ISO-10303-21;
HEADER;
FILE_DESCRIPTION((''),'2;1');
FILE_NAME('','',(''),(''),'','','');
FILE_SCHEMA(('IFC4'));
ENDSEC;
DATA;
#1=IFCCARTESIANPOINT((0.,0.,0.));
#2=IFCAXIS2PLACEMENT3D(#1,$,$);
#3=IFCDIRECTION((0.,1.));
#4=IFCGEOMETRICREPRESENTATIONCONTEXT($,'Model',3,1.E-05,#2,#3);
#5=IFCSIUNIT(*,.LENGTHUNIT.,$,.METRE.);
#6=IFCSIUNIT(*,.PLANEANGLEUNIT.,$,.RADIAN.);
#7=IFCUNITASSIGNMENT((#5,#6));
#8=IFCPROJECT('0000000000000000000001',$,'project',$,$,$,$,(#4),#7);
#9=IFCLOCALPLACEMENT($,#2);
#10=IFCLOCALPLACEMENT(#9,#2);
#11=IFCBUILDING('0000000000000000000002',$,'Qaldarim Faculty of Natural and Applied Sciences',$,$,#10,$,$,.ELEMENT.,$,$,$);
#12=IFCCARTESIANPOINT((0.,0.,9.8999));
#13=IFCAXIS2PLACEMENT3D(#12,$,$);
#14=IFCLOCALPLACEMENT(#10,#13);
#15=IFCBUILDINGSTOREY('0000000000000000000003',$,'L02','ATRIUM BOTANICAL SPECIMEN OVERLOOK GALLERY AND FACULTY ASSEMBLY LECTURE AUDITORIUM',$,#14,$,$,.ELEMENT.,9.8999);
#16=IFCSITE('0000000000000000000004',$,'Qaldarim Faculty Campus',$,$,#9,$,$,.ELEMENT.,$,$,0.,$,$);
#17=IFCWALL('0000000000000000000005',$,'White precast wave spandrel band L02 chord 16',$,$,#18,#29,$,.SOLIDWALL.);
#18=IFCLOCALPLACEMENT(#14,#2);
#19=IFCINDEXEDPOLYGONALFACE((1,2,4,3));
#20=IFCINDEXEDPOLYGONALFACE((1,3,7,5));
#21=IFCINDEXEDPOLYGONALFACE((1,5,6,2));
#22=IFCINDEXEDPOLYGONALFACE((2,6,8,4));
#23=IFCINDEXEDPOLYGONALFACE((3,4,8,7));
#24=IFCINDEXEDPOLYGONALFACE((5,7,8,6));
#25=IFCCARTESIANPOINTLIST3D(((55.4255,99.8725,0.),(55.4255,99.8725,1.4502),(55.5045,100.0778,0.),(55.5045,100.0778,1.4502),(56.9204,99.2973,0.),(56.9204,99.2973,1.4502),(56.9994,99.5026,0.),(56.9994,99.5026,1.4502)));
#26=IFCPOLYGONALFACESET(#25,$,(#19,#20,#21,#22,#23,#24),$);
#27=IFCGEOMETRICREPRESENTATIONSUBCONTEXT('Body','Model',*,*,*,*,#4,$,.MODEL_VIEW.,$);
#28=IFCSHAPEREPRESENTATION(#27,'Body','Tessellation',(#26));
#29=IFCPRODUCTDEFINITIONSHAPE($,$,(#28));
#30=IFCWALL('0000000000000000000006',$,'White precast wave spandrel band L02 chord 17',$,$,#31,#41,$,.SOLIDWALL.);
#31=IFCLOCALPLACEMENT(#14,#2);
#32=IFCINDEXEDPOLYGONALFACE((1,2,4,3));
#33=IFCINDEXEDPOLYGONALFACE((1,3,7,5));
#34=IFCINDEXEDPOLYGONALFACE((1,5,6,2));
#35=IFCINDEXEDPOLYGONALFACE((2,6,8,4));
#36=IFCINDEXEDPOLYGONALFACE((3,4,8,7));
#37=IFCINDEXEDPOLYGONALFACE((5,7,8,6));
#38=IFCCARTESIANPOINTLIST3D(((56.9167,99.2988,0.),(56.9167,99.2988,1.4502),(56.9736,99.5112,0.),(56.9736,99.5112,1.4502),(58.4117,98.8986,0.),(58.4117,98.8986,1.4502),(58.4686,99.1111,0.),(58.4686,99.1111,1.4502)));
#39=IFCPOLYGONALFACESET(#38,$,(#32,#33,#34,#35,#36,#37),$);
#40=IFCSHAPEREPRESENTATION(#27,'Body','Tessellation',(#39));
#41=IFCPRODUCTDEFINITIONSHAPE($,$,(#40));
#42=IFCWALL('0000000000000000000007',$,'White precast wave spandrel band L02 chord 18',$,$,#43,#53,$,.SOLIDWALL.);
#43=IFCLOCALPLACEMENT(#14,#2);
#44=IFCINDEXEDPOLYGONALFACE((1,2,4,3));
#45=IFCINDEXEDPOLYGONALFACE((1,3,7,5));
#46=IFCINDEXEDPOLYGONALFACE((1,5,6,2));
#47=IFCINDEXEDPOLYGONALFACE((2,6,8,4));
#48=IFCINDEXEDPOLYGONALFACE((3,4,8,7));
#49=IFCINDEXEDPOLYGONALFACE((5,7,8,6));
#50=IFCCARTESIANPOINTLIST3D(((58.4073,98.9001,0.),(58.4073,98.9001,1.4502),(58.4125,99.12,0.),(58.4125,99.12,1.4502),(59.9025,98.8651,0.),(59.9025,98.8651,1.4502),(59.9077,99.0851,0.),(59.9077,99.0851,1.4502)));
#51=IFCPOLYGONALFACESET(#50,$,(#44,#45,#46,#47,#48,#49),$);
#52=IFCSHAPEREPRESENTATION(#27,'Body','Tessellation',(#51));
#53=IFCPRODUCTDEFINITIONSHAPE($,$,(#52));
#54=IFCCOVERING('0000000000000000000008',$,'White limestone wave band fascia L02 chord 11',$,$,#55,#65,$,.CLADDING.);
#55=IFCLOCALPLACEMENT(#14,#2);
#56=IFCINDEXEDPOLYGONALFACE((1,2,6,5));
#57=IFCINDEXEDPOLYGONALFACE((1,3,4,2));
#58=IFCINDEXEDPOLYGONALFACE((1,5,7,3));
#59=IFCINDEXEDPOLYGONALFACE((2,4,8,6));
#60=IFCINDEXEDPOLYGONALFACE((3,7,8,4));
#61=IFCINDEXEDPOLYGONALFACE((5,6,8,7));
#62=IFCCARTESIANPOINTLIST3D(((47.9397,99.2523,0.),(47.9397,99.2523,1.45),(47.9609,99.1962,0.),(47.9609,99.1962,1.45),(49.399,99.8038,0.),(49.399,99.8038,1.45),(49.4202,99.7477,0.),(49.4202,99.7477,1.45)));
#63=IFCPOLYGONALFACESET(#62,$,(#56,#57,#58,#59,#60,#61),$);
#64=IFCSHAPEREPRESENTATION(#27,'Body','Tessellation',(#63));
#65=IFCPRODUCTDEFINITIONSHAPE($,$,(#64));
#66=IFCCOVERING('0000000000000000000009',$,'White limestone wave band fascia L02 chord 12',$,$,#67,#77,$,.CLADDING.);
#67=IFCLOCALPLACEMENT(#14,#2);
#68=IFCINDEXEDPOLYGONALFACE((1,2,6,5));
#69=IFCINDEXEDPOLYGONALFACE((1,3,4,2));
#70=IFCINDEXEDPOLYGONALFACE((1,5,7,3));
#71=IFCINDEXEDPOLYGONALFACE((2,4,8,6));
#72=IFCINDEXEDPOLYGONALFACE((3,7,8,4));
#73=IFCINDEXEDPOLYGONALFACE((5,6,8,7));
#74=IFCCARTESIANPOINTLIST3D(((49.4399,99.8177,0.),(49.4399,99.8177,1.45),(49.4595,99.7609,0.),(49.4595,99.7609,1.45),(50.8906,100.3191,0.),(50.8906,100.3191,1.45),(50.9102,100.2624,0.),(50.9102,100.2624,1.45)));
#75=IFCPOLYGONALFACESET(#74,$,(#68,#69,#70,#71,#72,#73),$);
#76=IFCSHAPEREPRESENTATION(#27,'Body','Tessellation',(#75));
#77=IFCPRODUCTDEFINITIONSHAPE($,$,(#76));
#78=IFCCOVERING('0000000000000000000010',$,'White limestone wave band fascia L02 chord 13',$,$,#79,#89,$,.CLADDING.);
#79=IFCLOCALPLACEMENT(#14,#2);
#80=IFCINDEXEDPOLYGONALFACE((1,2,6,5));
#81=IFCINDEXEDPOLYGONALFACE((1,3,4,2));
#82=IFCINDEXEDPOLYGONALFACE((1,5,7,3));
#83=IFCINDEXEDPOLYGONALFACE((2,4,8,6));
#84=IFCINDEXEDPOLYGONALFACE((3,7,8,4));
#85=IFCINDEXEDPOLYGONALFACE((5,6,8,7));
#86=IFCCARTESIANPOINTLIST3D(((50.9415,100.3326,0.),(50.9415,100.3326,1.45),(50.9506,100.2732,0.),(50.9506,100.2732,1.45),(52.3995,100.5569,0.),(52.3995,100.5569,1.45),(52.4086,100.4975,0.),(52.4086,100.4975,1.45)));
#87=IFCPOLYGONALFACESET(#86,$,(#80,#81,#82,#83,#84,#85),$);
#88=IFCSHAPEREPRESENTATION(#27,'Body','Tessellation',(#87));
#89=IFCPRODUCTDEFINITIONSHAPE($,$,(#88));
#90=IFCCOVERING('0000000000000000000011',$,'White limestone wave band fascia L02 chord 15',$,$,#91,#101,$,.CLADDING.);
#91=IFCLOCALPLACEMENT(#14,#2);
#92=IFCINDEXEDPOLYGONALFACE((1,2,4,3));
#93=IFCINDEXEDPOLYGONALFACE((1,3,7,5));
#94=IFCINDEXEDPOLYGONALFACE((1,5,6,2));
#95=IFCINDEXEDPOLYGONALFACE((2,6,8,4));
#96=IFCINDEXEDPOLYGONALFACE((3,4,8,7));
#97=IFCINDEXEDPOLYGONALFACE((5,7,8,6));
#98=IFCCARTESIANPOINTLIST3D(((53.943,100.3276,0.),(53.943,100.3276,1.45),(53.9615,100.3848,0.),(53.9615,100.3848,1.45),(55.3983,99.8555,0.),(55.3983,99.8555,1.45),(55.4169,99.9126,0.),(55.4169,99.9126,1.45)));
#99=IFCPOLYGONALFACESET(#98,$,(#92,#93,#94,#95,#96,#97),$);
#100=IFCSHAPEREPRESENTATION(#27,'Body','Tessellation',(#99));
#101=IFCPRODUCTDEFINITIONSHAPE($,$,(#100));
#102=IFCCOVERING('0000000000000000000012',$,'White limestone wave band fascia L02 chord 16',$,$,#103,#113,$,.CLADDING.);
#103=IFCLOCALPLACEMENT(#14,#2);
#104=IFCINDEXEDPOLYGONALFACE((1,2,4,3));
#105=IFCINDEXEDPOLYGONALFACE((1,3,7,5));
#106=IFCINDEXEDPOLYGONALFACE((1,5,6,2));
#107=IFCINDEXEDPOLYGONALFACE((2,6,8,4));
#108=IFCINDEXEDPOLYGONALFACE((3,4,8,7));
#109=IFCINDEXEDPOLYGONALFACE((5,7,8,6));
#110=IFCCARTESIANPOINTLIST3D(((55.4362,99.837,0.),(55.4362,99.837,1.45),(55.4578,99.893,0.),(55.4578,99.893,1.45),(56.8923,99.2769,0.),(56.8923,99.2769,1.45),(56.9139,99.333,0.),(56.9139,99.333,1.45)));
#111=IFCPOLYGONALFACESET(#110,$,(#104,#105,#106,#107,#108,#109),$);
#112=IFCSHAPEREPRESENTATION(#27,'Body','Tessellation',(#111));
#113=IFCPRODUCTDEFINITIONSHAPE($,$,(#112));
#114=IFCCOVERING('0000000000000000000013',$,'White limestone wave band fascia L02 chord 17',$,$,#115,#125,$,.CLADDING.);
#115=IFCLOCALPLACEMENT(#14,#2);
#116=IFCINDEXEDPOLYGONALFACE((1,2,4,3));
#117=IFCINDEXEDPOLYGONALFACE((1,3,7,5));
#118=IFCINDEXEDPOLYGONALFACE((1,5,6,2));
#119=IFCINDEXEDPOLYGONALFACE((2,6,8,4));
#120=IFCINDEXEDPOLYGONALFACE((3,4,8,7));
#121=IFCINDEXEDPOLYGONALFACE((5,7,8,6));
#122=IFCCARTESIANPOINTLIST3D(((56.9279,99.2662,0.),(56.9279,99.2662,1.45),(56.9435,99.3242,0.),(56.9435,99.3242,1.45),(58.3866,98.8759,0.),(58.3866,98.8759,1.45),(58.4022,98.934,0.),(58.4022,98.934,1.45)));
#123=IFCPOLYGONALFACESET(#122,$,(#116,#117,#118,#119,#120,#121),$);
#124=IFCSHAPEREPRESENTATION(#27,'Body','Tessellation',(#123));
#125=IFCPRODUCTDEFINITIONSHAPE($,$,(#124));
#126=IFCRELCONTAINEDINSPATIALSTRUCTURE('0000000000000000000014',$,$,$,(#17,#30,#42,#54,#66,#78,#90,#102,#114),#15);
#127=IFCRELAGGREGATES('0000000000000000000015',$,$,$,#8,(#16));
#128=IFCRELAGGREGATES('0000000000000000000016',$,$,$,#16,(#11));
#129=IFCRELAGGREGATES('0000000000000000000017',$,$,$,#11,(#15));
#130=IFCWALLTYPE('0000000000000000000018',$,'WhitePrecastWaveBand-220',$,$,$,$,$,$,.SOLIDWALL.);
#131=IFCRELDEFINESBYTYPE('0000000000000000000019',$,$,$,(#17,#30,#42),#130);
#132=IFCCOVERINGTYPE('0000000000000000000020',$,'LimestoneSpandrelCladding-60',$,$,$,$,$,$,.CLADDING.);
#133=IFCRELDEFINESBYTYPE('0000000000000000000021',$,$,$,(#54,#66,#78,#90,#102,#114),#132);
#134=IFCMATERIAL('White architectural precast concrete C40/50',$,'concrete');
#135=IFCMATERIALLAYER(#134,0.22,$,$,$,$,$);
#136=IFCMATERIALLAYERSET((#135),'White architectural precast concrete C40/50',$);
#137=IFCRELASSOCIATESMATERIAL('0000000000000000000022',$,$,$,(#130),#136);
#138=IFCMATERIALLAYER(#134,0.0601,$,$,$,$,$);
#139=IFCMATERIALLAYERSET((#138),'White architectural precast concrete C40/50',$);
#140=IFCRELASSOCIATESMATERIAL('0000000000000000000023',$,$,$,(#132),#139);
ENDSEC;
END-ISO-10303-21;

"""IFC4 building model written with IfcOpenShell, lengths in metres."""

from ifc_helpers import new_model, si_unit, direction, frame, frame_2d, origin, origin_2d, place, context, subcontext, project, spatial, rectangle, extrude, material, layer, layer_set, type_object, element, save


model = new_model("IFC4")

# Units and contexts
model_context = context("Model", 3, precision=1e-05, world=origin(), true_north=direction((0.0, 1.0)))
body_context = subcontext(model_context, "Body", "Model", "MODEL_VIEW")
ifc_project = project(units=[si_unit("LENGTHUNIT", "METRE"), si_unit("PLANEANGLEUNIT", "RADIAN")], contexts=[model_context])

# Site, building, storey
site_placement = place(None, origin())
site = spatial("IfcSite", under=ifc_project, at=site_placement, Name="Qaldarim Faculty Campus", CompositionType="ELEMENT", RefElevation=0.0)
building_placement = place(site_placement, origin())
building = spatial("IfcBuilding", under=site, at=building_placement, Name="Qaldarim Faculty of Natural and Applied Sciences", CompositionType="ELEMENT")
storey_placement = place(building_placement, frame((0.0, 0.0, 9.8999)))
storey = spatial("IfcBuildingStorey", under=building, at=storey_placement, Name="L02", Description="ATRIUM BOTANICAL SPECIMEN OVERLOOK GALLERY AND FACULTY ASSEMBLY LECTURE AUDITORIUM", CompositionType="ELEMENT", Elevation=9.8999)

# Walls
ifc_material_1 = material(Name="White architectural precast concrete C40/50", Category="concrete")
ifc_layer_1 = layer(ifc_material_1, 0.22)
ifc_layer_set_1 = layer_set([ifc_layer_1], Name="White architectural precast concrete C40/50")
wall_type = type_object("IfcWallType", Name="WhitePrecastWaveBand-220", PredefinedType="SOLIDWALL", material=ifc_layer_set_1)
wall_1_placement = place(storey_placement, frame((55.4651, 99.9751, 0.0), z_axis=(0.0, 0.0, 1.0), x_axis=(0.933295, -0.359112, 0.0)))
element("IfcWall", 1, at=wall_1_placement, inside=storey, type_object=wall_type, Name="White precast wave spandrel band L02 chord 16", PredefinedType="SOLIDWALL", context=body_context, shape_type="SweptSolid", body=[
    extrude(rectangle(XDim=1.6018, YDim=0.22, at=frame_2d((0.8008, 0.0))), origin(), (0.0, 0.0, 1.0), 1.4502),
])
wall_2_placement = place(storey_placement, frame((56.9451, 99.405, 0.0), z_axis=(0.0, 0.0, 1.0), x_axis=(0.965991, -0.258576, 0.0)))
element("IfcWall", 2, at=wall_2_placement, inside=storey, type_object=wall_type, Name="White precast wave spandrel band L02 chord 17", PredefinedType="SOLIDWALL", context=body_context, shape_type="SweptSolid", body=[
    extrude(rectangle(XDim=1.5476, YDim=0.22, at=frame_2d((0.7739, 0.0))), origin(), (0.0, 0.0, 1.0), 1.4502),
])
wall_3_placement = place(storey_placement, frame((58.4099, 99.01, 0.0), z_axis=(0.0, 0.0, 1.0), x_axis=(0.999727, -0.023344, 0.0)))
element("IfcWall", 3, at=wall_3_placement, inside=storey, type_object=wall_type, Name="White precast wave spandrel band L02 chord 18", PredefinedType="SOLIDWALL", context=body_context, shape_type="SweptSolid", body=[
    extrude(rectangle(XDim=1.4956, YDim=0.22, at=frame_2d((0.7478, 0.0))), origin(), (0.0, 0.0, 1.0), 1.4502),
])

# Coverings
ifc_layer_2 = layer(ifc_material_1, 0.0601)
ifc_layer_set_2 = layer_set([ifc_layer_2], Name="White architectural precast concrete C40/50")
covering_type = type_object("IfcCoveringType", Name="LimestoneSpandrelCladding-60", PredefinedType="CLADDING", material=ifc_layer_set_2)
covering_1_placement = place(storey_placement, frame((48.6799, 99.5, 0.0), z_axis=(0.0, 0.0, 1.0), x_axis=(0.935426, 0.353524, 0.0)))
element("IfcCovering", 4, at=covering_1_placement, inside=storey, type_object=covering_type, Name="White limestone wave band fascia L02 chord 11", PredefinedType="CLADDING", context=body_context, shape_type="SweptSolid", body=[
    extrude(rectangle(XDim=1.5601, YDim=0.0601, at=origin_2d()), origin(), (0.0, 0.0, 1.0), 1.45),
])
covering_2_placement = place(storey_placement, frame((50.175, 100.04, 0.0), z_axis=(0.0, 0.0, 1.0), x_axis=(0.945137, 0.326674, 0.0)))
element("IfcCovering", 5, at=covering_2_placement, inside=storey, type_object=covering_type, Name="White limestone wave band fascia L02 chord 12", PredefinedType="CLADDING", context=body_context, shape_type="SweptSolid", body=[
    extrude(rectangle(XDim=1.5349, YDim=0.0601, at=origin_2d()), origin(), (0.0, 0.0, 1.0), 1.45),
])
covering_3_placement = place(storey_placement, frame((51.675, 100.415, 0.0), z_axis=(0.0, 0.0, 1.0), x_axis=(0.988372, 0.152054, 0.0)))
element("IfcCovering", 6, at=covering_3_placement, inside=storey, type_object=covering_type, Name="White limestone wave band fascia L02 chord 13", PredefinedType="CLADDING", context=body_context, shape_type="SweptSolid", body=[
    extrude(rectangle(XDim=1.4751, YDim=0.0601, at=origin_2d()), origin(), (0.0, 0.0, 1.0), 1.45),
])
covering_4_placement = place(storey_placement, frame((54.6799, 100.1201, 0.0), z_axis=(0.0, 0.0, 1.0), x_axis=(0.951197, -0.308585, 0.0)))
element("IfcCovering", 7, at=covering_4_placement, inside=storey, type_object=covering_type, Name="White limestone wave band fascia L02 chord 15", PredefinedType="CLADDING", context=body_context, shape_type="SweptSolid", body=[
    extrude(rectangle(XDim=1.53, YDim=0.0601, at=origin_2d()), origin(), (0.0, 0.0, 1.0), 1.45),
])
covering_5_placement = place(storey_placement, frame((56.175, 99.585, 0.0), z_axis=(0.0, 0.0, 1.0), x_axis=(0.933343, -0.358987, 0.0)))
element("IfcCovering", 8, at=covering_5_placement, inside=storey, type_object=covering_type, Name="White limestone wave band fascia L02 chord 16", PredefinedType="CLADDING", context=body_context, shape_type="SweptSolid", body=[
    extrude(rectangle(XDim=1.5601, YDim=0.0601, at=origin_2d()), origin(), (0.0, 0.0, 1.0), 1.45),
])
covering_6_placement = place(storey_placement, frame((57.665, 99.1001, 0.0), z_axis=(0.0, 0.0, 1.0), x_axis=(0.966021, -0.258465, 0.0)))
element("IfcCovering", 9, at=covering_6_placement, inside=storey, type_object=covering_type, Name="White limestone wave band fascia L02 chord 17", PredefinedType="CLADDING", context=body_context, shape_type="SweptSolid", body=[
    extrude(rectangle(XDim=1.51, YDim=0.0601, at=origin_2d()), origin(), (0.0, 0.0, 1.0), 1.45),
])

save(model, "model.ifc")
